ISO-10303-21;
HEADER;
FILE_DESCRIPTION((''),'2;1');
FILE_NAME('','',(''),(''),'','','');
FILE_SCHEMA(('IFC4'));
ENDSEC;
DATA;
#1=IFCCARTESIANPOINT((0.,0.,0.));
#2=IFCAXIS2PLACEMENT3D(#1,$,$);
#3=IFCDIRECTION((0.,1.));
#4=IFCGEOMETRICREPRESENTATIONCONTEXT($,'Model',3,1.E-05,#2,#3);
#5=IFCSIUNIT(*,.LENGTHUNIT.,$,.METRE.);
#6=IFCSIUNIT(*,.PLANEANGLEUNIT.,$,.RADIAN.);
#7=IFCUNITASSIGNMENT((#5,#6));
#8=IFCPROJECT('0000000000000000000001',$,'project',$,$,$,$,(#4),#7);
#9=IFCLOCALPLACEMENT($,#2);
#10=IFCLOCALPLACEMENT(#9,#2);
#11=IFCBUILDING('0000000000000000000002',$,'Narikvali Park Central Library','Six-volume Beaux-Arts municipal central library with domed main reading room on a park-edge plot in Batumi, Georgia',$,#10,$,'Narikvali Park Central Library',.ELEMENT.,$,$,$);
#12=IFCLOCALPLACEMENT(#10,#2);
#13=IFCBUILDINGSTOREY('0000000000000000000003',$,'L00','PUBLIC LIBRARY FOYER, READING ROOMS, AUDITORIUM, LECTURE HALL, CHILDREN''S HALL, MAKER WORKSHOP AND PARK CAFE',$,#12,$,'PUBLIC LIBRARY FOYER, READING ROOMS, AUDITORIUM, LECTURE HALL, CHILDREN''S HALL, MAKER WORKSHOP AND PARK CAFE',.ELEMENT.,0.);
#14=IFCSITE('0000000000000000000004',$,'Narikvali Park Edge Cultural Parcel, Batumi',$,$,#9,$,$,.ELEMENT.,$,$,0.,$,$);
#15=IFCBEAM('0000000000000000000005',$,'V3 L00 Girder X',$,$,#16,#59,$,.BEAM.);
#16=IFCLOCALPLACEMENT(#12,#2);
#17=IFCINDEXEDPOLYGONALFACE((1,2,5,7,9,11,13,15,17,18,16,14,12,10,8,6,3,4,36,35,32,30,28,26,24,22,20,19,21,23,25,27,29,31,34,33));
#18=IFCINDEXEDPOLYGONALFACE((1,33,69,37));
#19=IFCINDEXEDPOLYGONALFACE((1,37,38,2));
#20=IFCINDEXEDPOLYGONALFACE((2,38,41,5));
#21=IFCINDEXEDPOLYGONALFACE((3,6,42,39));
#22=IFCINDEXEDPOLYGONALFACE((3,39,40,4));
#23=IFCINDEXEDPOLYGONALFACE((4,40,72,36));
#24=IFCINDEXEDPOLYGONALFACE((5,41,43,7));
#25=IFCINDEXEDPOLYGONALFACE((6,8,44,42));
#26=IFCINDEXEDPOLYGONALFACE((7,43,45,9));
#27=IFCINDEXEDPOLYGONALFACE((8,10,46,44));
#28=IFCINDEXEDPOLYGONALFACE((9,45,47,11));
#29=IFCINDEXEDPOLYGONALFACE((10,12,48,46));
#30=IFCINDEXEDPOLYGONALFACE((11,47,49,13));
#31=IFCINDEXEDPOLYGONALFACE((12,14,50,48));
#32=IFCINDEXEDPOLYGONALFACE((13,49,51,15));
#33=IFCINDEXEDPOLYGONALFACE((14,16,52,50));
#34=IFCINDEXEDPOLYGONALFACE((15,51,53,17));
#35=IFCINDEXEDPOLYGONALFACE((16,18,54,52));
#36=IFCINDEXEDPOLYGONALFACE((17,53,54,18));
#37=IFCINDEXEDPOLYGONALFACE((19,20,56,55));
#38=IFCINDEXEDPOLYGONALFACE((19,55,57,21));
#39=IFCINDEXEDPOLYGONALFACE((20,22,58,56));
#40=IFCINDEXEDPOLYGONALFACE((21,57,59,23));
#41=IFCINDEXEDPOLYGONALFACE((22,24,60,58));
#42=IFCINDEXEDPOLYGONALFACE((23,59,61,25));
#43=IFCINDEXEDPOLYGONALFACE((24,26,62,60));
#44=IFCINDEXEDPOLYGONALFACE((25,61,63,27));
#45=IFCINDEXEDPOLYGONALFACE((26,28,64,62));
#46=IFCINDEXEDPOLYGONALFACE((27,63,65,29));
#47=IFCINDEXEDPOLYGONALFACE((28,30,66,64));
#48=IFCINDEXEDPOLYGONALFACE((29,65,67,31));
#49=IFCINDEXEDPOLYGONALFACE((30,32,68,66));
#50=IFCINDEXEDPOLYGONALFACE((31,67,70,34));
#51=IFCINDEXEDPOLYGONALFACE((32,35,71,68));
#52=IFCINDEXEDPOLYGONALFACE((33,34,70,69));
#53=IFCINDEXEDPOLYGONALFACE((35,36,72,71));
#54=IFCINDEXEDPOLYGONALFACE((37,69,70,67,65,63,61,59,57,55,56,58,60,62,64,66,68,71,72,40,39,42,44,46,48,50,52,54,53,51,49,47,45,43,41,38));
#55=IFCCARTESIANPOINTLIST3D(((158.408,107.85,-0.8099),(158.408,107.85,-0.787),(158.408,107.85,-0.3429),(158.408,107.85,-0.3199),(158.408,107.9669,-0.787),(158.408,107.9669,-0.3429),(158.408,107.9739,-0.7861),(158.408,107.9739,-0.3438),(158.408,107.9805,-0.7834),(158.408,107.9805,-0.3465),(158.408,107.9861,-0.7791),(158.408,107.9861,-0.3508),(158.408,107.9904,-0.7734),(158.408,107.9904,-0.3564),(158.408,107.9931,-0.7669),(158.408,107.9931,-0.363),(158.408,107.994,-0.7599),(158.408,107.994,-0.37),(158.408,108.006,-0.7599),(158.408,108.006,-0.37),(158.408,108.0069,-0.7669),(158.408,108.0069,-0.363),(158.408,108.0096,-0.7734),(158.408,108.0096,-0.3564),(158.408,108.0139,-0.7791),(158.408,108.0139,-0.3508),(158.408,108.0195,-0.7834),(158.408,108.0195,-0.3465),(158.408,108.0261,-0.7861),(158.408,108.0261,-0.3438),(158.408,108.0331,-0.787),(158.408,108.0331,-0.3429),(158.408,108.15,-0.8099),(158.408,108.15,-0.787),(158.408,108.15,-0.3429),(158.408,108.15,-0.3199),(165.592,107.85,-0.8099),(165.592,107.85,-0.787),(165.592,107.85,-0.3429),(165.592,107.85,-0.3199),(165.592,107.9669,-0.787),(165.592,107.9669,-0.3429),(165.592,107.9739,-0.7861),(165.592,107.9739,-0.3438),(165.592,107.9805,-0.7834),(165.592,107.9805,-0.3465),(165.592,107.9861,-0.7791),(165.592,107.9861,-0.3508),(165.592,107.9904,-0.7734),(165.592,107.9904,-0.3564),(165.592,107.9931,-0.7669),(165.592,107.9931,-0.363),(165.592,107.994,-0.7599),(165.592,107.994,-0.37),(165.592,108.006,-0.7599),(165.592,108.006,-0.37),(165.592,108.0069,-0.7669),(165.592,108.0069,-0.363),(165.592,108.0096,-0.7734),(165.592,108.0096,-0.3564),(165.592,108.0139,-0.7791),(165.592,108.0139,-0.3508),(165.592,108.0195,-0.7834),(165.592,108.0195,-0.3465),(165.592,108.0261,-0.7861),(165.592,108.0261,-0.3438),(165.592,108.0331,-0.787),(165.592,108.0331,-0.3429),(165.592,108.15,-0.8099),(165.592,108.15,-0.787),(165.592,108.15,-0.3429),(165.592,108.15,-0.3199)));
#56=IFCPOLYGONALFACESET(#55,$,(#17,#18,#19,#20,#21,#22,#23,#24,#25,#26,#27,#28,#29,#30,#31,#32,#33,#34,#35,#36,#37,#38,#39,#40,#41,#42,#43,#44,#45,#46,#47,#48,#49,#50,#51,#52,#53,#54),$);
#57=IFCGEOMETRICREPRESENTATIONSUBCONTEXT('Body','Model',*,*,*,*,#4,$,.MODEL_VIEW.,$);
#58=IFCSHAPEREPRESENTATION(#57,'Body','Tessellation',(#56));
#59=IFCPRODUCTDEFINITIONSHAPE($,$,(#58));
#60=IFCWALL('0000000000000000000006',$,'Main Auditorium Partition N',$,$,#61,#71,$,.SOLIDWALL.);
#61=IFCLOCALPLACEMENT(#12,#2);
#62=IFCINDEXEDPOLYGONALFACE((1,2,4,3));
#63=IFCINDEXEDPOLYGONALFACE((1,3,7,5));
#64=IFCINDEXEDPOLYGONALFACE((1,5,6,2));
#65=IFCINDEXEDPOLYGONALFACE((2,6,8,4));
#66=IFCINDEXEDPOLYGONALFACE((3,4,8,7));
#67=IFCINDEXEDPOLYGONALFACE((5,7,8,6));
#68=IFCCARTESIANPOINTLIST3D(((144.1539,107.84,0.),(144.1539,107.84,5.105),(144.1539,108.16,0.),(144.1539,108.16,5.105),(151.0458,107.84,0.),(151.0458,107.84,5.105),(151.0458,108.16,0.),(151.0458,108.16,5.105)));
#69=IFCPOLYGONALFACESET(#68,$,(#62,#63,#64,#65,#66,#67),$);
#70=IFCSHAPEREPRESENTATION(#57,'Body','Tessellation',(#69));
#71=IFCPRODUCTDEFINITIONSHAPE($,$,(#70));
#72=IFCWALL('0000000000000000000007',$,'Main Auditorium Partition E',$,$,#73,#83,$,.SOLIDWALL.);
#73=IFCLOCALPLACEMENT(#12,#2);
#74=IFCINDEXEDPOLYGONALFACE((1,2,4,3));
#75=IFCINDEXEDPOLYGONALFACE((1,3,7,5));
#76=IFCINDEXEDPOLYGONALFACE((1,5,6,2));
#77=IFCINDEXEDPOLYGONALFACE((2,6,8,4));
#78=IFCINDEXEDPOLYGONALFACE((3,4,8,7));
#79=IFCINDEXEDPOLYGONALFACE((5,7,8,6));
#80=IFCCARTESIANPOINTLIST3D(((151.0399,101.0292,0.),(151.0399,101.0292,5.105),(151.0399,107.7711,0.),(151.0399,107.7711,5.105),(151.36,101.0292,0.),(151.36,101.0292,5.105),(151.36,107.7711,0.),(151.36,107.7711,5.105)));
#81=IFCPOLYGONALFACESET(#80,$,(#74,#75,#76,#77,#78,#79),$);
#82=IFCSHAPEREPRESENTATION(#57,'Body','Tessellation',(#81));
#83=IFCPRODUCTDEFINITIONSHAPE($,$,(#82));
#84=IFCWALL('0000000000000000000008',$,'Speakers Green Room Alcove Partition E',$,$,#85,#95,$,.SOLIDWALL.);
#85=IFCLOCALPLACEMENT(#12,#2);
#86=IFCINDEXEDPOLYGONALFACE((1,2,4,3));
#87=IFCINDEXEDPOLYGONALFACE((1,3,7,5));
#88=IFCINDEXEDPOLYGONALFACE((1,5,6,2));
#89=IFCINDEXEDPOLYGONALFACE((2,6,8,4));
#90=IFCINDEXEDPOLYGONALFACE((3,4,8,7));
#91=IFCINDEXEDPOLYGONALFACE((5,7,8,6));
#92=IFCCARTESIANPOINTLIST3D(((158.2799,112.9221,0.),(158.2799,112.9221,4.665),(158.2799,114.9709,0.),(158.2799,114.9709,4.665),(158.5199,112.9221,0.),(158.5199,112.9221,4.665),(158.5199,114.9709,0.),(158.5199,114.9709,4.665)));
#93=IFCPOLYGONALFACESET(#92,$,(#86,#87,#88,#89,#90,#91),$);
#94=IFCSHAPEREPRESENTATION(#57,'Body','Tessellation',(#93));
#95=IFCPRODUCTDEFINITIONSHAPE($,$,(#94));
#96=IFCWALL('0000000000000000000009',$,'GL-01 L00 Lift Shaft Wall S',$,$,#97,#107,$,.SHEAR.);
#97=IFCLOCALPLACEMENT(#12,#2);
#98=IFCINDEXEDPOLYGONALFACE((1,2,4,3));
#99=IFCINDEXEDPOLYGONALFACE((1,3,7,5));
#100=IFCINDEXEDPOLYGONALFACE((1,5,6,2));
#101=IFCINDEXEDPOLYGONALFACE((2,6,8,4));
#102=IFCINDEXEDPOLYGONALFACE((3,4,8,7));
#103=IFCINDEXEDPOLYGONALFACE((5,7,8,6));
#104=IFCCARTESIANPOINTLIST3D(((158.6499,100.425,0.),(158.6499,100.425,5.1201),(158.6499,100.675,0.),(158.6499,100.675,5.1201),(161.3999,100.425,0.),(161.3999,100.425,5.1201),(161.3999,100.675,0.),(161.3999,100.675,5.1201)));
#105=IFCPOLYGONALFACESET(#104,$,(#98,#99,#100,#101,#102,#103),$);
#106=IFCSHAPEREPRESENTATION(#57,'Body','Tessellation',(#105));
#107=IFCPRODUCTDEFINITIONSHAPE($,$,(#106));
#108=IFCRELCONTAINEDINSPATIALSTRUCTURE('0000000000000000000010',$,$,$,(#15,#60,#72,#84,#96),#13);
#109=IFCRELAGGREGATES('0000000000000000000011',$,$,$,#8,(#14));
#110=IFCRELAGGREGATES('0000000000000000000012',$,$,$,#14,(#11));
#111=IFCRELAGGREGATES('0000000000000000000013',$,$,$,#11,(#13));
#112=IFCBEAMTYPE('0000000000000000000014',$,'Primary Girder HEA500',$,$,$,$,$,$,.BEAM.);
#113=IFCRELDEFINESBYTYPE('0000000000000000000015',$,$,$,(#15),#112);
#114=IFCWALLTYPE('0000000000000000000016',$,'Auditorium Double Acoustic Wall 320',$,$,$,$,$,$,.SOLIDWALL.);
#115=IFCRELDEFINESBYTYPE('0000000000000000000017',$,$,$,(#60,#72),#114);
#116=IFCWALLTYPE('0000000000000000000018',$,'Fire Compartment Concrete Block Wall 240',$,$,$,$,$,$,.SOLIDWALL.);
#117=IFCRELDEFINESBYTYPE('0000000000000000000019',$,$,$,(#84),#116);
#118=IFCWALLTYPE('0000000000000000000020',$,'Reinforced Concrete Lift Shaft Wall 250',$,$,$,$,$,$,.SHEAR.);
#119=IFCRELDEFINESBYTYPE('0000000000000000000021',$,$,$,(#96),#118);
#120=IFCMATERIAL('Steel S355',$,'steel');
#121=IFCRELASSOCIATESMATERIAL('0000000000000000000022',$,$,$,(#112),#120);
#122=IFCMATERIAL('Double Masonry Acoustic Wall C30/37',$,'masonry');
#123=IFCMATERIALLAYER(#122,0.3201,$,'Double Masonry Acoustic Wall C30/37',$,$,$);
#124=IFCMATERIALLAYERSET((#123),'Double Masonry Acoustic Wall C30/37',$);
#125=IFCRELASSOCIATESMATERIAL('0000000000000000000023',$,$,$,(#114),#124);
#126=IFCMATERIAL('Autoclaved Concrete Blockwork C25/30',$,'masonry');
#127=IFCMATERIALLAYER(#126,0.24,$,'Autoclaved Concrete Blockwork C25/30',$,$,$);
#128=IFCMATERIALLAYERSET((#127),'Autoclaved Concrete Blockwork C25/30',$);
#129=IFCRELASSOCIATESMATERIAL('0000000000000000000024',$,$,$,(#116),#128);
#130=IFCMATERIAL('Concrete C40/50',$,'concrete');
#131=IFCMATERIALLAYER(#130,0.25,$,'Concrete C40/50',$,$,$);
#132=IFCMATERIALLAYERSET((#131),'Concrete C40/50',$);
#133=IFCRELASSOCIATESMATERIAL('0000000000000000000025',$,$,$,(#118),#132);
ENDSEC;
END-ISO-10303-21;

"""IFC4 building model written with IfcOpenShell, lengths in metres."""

from ifc_helpers import new_model, si_unit, direction, frame, frame_2d, origin, origin_2d, place, context, subcontext, project, spatial, rectangle, i_section, extrude, material, layer, layer_set, material_profile, profile_set, type_object, element, save


model = new_model("IFC4")

# Units and contexts
model_context = context("Model", 3, precision=1e-05, world=origin(), true_north=direction((0.0, 1.0)))
body_context = subcontext(model_context, "Body", "Model", "MODEL_VIEW")
ifc_project = project(units=[si_unit("LENGTHUNIT", "METRE"), si_unit("PLANEANGLEUNIT", "RADIAN")], contexts=[model_context])

# Site, building, storey
site_placement = place(None, origin())
site = spatial("IfcSite", under=ifc_project, at=site_placement, Name="Narikvali Park Edge Cultural Parcel, Batumi", CompositionType="ELEMENT", RefElevation=0.0)
building_placement = place(site_placement, origin())
building = spatial("IfcBuilding", under=site, at=building_placement, Name="Narikvali Park Central Library", Description="Six-volume Beaux-Arts municipal central library with domed main reading room on a park-edge plot in Batumi, Georgia", LongName="Narikvali Park Central Library", CompositionType="ELEMENT")
storey_placement = place(building_placement, origin())
storey = spatial("IfcBuildingStorey", under=building, at=storey_placement, Name="L00", Description="PUBLIC LIBRARY FOYER, READING ROOMS, AUDITORIUM, LECTURE HALL, CHILDREN'S HALL, MAKER WORKSHOP AND PARK CAFE", LongName="PUBLIC LIBRARY FOYER, READING ROOMS, AUDITORIUM, LECTURE HALL, CHILDREN'S HALL, MAKER WORKSHOP AND PARK CAFE", CompositionType="ELEMENT", Elevation=0.0)

# Shared definitions
ifc_material_1 = material(Name="Steel S355", Category="steel")

# Beam
ifc_material_profile_1 = material_profile(ifc_material_1, i_section(OverallWidth=0.3, OverallDepth=0.49, WebThickness=0.012, FlangeThickness=0.0229, FilletRadius=0.0271, at=origin_2d()), Name="HEA 500")
ifc_profile_set_1 = profile_set([ifc_material_profile_1], Name="Steel S355")
beam_type_1 = type_object("IfcBeamType", Name="Primary Girder HEA500", PredefinedType="BEAM", material=ifc_profile_set_1)
for number, where, z_axis, x_axis, name in (
    (1, (158.408, 108.0, -0.5649), (1.0, 0.0, 0.0), (0.0, 1.0, 0.0), "V3 L00 Girder X"),
):
    element("IfcBeam", number, at=place(storey_placement, frame(where, z_axis=z_axis, x_axis=x_axis)), inside=storey, type_object=beam_type_1, Name=name, PredefinedType="BEAM", context=body_context, shape_type="SweptSolid", body=[
        extrude(i_section(OverallWidth=0.3, OverallDepth=0.49, WebThickness=0.012, FlangeThickness=0.0229, FilletRadius=0.0271, at=origin_2d()), origin(), (0.0, 0.0, 1.0), 7.1841),
    ])

# Walls
ifc_material_2 = material(Name="Double Masonry Acoustic Wall C30/37", Category="masonry")
ifc_layer_1 = layer(ifc_material_2, 0.3201, Name="Double Masonry Acoustic Wall C30/37")
ifc_layer_set_1 = layer_set([ifc_layer_1], Name="Double Masonry Acoustic Wall C30/37")
wall_type_1 = type_object("IfcWallType", Name="Auditorium Double Acoustic Wall 320", PredefinedType="SOLIDWALL", material=ifc_layer_set_1)
wall_1_placement = place(storey_placement, frame((144.1541, 108.0, 0.0), z_axis=(0.0, 0.0, 1.0), x_axis=(1.0, 0.0, 0.0)))
element("IfcWall", 2, at=wall_1_placement, inside=storey, type_object=wall_type_1, Name="Main Auditorium Partition N", PredefinedType="SOLIDWALL", context=body_context, shape_type="SweptSolid", body=[
    extrude(rectangle(XDim=6.8918, YDim=0.3201, at=frame_2d((3.4458, 0.0))), origin(), (0.0, 0.0, 1.0), 5.105),
])
wall_2_placement = place(storey_placement, frame((151.2, 101.0291, 0.0), z_axis=(0.0, 0.0, 1.0), x_axis=(0.0, 1.0, 0.0)))
element("IfcWall", 3, at=wall_2_placement, inside=storey, type_object=wall_type_1, Name="Main Auditorium Partition E", PredefinedType="SOLIDWALL", context=body_context, shape_type="SweptSolid", body=[
    extrude(rectangle(XDim=6.7419, YDim=0.3201, at=frame_2d((3.3711, 0.0))), origin(), (0.0, 0.0, 1.0), 5.105),
])
ifc_material_3 = material(Name="Autoclaved Concrete Blockwork C25/30", Category="masonry")
ifc_layer_2 = layer(ifc_material_3, 0.24, Name="Autoclaved Concrete Blockwork C25/30")
ifc_layer_set_2 = layer_set([ifc_layer_2], Name="Autoclaved Concrete Blockwork C25/30")
wall_type_2 = type_object("IfcWallType", Name="Fire Compartment Concrete Block Wall 240", PredefinedType="SOLIDWALL", material=ifc_layer_set_2)
wall_3_placement = place(storey_placement, frame((158.3999, 112.9221, 0.0), z_axis=(0.0, 0.0, 1.0), x_axis=(0.0, 1.0, 0.0)))
element("IfcWall", 4, at=wall_3_placement, inside=storey, type_object=wall_type_2, Name="Speakers Green Room Alcove Partition E", PredefinedType="SOLIDWALL", context=body_context, shape_type="SweptSolid", body=[
    extrude(rectangle(XDim=2.0488, YDim=0.24, at=frame_2d((1.0244, 0.0))), origin(), (0.0, 0.0, 1.0), 4.665),
])
ifc_material_4 = material(Name="Concrete C40/50", Category="concrete")
ifc_layer_3 = layer(ifc_material_4, 0.25, Name="Concrete C40/50")
ifc_layer_set_3 = layer_set([ifc_layer_3], Name="Concrete C40/50")
wall_type_3 = type_object("IfcWallType", Name="Reinforced Concrete Lift Shaft Wall 250", PredefinedType="SHEAR", material=ifc_layer_set_3)
wall_4_placement = place(storey_placement, frame((158.6499, 100.55, 0.0), z_axis=(0.0, 0.0, 1.0), x_axis=(1.0, 0.0, 0.0)))
element("IfcWall", 5, at=wall_4_placement, inside=storey, type_object=wall_type_3, Name="GL-01 L00 Lift Shaft Wall S", PredefinedType="SHEAR", context=body_context, shape_type="SweptSolid", body=[
    extrude(rectangle(XDim=2.75, YDim=0.25, at=frame_2d((1.375, 0.0))), origin(), (0.0, 0.0, 1.0), 5.1201),
])

save(model, "model.ifc")
